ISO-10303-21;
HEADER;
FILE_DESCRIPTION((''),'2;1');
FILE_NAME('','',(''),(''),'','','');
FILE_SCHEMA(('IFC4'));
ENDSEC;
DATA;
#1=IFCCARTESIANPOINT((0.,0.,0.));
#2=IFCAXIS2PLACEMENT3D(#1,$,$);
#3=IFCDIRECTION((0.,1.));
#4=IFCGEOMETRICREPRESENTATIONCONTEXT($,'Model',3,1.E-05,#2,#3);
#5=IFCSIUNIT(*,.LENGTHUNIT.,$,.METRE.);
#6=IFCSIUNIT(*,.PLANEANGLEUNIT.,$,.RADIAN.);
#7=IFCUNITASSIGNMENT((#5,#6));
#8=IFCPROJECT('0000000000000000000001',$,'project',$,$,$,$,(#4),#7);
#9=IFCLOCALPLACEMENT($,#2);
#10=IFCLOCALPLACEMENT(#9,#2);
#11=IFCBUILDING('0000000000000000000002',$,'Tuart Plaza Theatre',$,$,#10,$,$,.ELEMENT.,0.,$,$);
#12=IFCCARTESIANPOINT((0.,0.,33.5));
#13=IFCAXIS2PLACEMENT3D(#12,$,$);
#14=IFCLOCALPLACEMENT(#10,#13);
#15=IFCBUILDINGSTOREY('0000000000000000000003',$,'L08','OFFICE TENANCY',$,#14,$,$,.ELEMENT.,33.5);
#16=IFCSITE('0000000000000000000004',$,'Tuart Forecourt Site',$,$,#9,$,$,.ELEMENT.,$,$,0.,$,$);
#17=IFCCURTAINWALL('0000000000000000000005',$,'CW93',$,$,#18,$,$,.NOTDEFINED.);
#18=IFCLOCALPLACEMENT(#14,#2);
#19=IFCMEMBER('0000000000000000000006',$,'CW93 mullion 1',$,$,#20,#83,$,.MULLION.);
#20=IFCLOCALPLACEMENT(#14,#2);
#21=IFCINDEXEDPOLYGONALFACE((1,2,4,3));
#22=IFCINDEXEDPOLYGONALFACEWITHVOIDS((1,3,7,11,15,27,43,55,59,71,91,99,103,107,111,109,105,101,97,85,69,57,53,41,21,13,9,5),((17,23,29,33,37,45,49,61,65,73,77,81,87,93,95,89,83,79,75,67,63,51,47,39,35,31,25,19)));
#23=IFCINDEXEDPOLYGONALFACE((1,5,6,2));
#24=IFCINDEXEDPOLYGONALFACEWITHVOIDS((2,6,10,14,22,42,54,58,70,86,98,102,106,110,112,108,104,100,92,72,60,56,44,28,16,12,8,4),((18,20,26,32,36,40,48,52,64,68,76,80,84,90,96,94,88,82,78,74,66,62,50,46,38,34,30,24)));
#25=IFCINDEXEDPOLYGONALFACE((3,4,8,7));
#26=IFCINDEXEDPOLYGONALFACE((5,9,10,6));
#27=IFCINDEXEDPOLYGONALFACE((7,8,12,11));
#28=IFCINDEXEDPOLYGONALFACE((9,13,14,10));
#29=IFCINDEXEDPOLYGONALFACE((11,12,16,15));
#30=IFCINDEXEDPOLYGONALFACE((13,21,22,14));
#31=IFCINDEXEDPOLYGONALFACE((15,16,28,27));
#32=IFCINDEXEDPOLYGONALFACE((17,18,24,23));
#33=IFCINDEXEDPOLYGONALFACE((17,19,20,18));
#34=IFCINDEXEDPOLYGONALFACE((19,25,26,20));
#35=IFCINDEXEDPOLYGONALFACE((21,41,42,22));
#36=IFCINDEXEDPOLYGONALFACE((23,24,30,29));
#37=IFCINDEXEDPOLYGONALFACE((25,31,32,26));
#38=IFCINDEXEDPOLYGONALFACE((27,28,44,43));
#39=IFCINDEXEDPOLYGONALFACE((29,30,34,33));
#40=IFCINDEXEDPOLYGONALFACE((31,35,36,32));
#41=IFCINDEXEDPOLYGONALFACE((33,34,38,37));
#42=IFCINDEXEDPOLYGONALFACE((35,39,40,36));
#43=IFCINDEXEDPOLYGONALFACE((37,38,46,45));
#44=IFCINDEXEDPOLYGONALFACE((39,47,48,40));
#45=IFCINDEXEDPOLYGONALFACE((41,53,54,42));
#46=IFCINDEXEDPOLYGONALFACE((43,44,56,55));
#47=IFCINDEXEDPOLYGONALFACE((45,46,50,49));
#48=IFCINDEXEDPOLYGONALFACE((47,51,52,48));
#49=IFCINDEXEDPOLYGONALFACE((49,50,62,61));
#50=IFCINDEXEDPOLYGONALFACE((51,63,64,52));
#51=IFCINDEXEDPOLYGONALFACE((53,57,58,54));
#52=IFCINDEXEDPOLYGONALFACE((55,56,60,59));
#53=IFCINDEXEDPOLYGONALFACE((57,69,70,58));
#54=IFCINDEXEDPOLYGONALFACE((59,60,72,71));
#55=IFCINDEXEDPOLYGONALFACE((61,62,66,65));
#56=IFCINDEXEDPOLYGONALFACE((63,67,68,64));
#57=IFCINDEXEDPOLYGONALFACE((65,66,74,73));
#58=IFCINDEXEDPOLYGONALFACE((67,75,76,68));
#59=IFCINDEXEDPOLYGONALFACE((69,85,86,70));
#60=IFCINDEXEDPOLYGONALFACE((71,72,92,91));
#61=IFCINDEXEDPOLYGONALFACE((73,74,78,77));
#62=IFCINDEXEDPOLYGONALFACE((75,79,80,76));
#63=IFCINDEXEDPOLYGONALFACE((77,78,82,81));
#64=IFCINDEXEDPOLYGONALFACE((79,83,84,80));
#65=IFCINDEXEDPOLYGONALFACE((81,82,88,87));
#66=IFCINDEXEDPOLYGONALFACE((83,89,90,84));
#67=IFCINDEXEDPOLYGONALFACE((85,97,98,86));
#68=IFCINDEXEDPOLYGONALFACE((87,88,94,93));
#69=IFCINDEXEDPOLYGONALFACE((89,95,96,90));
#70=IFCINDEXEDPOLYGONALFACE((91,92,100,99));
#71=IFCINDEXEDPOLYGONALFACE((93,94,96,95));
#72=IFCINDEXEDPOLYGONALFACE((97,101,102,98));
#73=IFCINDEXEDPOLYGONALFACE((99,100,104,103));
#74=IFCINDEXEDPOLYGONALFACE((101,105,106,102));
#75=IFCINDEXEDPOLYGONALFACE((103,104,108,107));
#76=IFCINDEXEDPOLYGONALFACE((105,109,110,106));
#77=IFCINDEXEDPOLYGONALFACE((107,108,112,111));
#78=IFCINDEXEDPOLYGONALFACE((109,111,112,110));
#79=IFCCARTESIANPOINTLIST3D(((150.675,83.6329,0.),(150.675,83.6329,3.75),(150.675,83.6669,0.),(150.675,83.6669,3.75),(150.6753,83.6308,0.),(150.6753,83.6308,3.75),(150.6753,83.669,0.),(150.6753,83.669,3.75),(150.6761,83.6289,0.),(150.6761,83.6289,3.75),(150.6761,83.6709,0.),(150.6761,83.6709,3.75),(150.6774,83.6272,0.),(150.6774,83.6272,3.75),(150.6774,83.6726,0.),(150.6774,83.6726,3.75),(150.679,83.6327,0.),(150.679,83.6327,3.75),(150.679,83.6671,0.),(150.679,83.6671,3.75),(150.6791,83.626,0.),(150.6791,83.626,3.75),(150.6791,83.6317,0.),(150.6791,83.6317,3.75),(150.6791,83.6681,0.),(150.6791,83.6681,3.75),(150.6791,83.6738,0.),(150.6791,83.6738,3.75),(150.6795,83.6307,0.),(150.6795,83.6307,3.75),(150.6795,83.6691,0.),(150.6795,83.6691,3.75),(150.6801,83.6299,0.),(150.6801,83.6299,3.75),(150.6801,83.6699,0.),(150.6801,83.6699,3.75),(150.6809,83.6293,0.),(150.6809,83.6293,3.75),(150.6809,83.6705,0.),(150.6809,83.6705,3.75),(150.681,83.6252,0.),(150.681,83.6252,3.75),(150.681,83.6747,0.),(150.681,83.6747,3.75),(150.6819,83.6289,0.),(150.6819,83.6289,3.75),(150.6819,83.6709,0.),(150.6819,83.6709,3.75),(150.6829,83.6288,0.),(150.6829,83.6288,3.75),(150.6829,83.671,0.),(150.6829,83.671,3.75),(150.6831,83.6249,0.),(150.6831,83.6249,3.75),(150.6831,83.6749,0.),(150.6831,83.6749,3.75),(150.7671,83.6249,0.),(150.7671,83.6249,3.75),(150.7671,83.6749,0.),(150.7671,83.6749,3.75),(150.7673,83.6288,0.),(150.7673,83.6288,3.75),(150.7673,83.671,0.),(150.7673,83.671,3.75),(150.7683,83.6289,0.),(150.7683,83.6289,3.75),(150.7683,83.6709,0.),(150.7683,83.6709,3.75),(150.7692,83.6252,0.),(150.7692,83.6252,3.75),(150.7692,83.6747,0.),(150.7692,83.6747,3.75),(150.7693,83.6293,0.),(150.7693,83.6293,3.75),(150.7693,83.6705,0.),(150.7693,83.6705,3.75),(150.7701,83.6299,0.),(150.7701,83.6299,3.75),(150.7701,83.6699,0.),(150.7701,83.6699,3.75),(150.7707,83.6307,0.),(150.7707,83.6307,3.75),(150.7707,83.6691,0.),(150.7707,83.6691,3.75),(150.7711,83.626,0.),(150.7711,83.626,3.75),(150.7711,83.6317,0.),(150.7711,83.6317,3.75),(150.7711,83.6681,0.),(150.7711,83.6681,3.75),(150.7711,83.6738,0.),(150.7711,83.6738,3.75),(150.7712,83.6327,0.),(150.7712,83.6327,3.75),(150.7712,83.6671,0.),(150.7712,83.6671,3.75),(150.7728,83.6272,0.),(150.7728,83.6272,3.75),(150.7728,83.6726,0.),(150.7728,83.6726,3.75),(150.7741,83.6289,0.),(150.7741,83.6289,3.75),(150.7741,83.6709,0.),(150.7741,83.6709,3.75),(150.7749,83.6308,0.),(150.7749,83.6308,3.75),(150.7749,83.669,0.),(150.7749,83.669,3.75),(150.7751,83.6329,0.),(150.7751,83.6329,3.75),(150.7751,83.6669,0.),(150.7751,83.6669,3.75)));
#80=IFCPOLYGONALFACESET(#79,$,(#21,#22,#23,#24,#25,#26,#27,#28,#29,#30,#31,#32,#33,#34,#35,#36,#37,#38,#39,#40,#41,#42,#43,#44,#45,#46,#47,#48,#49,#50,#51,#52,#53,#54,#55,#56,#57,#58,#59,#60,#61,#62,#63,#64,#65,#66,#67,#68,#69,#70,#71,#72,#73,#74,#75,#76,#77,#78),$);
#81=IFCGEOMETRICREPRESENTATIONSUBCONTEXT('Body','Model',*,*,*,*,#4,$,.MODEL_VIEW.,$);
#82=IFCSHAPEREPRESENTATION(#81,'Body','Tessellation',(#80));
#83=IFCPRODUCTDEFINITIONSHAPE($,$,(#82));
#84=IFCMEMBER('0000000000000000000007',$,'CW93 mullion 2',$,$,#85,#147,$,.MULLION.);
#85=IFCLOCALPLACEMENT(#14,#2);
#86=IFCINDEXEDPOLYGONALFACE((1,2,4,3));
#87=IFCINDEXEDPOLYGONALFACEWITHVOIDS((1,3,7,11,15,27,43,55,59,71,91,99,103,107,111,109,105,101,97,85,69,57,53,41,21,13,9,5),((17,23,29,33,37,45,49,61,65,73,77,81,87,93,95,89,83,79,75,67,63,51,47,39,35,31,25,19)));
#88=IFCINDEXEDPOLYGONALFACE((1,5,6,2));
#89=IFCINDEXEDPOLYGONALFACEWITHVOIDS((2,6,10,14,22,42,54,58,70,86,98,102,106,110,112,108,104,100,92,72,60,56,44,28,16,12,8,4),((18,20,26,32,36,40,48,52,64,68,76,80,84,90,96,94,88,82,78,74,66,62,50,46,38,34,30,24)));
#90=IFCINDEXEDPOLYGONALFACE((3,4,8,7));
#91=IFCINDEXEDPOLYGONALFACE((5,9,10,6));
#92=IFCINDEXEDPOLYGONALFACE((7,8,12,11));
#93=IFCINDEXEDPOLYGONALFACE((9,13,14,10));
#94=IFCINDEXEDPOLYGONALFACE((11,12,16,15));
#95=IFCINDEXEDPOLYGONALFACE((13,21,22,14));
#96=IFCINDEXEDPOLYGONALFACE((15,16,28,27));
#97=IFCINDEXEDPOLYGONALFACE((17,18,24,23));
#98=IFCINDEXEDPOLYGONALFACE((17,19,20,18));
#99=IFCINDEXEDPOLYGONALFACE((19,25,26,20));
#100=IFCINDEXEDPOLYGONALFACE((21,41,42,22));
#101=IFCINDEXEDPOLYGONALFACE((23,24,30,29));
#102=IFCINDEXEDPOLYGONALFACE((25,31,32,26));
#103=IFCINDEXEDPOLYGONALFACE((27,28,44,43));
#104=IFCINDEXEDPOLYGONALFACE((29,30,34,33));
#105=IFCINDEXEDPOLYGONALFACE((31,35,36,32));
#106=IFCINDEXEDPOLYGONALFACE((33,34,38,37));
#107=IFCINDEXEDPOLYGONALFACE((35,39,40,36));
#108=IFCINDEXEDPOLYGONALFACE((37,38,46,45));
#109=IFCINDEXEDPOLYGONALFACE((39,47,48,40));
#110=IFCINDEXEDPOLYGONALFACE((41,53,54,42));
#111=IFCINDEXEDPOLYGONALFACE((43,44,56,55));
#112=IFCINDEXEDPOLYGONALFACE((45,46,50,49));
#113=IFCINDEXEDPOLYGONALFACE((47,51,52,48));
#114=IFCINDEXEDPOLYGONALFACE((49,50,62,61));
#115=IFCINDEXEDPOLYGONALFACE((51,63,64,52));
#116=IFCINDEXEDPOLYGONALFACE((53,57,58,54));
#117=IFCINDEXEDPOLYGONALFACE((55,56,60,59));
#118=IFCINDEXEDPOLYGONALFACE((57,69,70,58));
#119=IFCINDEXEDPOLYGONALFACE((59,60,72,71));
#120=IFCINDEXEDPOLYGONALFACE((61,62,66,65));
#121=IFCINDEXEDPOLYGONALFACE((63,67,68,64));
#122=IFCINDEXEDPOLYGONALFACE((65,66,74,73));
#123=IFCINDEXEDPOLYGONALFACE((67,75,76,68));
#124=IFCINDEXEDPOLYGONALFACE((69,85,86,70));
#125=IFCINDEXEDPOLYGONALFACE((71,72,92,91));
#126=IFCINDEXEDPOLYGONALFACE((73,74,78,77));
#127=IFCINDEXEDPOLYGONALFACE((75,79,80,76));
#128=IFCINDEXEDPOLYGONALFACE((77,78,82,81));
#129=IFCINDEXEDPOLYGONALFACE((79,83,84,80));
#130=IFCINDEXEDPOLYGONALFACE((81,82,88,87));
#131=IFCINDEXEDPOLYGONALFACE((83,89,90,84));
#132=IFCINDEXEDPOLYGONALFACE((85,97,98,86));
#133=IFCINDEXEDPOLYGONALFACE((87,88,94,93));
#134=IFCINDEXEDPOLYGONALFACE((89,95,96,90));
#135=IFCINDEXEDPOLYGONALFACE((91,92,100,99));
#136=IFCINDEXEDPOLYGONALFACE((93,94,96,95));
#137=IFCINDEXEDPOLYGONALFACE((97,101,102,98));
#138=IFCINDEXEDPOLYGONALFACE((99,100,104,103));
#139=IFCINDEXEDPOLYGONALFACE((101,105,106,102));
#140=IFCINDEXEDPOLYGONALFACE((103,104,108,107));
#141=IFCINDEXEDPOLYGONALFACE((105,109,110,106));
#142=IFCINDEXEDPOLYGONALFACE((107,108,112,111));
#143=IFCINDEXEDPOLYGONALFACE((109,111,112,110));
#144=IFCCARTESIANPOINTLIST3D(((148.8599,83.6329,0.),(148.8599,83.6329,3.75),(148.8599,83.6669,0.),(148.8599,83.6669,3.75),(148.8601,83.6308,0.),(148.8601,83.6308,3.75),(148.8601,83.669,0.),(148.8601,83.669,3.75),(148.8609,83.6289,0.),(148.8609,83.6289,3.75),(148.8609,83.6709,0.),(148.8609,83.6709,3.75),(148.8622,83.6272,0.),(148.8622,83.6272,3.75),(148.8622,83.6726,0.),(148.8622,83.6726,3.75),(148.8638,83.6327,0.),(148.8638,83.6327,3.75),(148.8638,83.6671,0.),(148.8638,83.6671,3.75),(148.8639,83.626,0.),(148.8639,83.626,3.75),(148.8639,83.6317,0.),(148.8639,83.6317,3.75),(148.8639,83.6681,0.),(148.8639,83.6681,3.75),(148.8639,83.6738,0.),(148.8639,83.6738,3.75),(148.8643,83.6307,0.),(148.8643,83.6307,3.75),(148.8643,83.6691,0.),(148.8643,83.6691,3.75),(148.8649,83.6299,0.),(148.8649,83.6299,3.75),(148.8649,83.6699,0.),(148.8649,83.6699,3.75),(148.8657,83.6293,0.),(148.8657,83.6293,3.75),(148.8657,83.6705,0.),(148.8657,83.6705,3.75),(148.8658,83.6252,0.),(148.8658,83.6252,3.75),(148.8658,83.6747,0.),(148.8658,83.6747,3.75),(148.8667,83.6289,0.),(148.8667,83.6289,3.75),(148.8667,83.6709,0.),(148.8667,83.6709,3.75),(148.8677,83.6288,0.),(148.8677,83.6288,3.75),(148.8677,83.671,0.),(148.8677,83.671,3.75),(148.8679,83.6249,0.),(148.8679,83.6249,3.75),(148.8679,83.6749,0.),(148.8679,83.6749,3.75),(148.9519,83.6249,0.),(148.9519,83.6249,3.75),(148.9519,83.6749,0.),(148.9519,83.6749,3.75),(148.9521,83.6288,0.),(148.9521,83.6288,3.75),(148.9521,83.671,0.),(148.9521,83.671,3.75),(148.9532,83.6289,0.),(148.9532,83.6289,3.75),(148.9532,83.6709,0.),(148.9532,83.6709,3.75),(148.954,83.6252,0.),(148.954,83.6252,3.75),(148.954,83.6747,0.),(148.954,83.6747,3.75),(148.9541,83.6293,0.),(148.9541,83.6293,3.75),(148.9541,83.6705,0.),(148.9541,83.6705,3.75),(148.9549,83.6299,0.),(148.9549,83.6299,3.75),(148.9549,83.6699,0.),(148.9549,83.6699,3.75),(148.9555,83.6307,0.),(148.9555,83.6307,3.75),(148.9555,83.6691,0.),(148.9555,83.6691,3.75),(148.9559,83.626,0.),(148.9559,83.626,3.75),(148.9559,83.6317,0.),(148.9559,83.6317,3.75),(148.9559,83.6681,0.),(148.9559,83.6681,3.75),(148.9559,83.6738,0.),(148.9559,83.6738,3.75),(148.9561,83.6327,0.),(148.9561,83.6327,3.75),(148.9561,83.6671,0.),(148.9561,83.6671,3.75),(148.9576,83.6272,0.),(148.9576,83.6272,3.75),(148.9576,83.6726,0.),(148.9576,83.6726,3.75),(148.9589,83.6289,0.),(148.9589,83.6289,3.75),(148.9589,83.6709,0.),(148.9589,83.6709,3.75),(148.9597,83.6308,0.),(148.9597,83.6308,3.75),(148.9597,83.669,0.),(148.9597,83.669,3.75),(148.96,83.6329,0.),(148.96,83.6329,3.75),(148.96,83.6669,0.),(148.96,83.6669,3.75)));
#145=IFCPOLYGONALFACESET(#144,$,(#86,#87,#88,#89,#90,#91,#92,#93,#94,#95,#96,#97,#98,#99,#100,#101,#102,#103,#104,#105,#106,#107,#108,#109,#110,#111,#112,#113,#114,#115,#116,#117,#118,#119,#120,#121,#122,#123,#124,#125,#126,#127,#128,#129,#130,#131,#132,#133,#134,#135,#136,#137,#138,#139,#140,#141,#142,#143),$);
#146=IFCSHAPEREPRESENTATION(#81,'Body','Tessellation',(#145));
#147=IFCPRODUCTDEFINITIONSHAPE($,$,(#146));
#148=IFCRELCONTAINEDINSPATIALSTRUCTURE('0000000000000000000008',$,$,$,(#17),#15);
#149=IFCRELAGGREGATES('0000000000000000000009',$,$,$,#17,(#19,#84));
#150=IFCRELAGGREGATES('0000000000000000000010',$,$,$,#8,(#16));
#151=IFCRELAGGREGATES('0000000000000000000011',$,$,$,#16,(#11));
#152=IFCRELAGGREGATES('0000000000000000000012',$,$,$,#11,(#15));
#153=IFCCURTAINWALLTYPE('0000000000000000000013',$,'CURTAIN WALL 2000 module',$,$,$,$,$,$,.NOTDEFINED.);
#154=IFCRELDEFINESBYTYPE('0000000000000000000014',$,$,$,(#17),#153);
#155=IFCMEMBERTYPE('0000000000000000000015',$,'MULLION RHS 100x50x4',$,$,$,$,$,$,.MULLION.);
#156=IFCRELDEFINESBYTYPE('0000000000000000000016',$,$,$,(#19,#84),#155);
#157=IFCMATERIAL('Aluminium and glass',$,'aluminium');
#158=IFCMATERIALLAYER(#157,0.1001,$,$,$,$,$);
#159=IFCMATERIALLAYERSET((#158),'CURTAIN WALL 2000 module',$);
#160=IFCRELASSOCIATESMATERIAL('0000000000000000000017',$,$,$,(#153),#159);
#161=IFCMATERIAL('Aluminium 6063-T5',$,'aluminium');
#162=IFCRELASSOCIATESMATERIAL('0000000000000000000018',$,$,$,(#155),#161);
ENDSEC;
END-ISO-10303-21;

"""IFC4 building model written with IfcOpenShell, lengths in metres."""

from ifc_helpers import new_model, si_unit, direction, frame, origin, origin_2d, place, context, subcontext, project, spatial, hollow_rectangle, extrude, material, layer, layer_set, material_profile, profile_set, type_object, element, aggregate, save


model = new_model("IFC4")

# Units and contexts
model_context = context("Model", 3, precision=1e-05, world=origin(), true_north=direction((0.0, 1.0)))
body_context = subcontext(model_context, "Body", "Model", "MODEL_VIEW")
ifc_project = project(units=[si_unit("LENGTHUNIT", "METRE"), si_unit("PLANEANGLEUNIT", "RADIAN")], contexts=[model_context])

# Site, building, storey
site_placement = place(None, origin())
site = spatial("IfcSite", under=ifc_project, at=site_placement, Name="Tuart Forecourt Site", CompositionType="ELEMENT", RefElevation=0.0)
building_placement = place(site_placement, origin())
building = spatial("IfcBuilding", under=site, at=building_placement, Name="Tuart Plaza Theatre", CompositionType="ELEMENT", ElevationOfRefHeight=0.0)
storey_placement = place(building_placement, frame((0.0, 0.0, 33.5)))
storey = spatial("IfcBuildingStorey", under=building, at=storey_placement, Name="L08", Description="OFFICE TENANCY", CompositionType="ELEMENT", Elevation=33.5)

# Curtain wall, members
ifc_material_1 = material(Name="Aluminium and glass", Category="aluminium")
ifc_layer_1 = layer(ifc_material_1, 0.1001)
ifc_layer_set_1 = layer_set([ifc_layer_1], Name="CURTAIN WALL 2000 module")
curtain_wall_type_1 = type_object("IfcCurtainWallType", Name="CURTAIN WALL 2000 module", PredefinedType="NOTDEFINED", material=ifc_layer_set_1)
curtain_wall_1_placement = place(storey_placement, origin())
curtain_wall_1 = element("IfcCurtainWall", 1, at=curtain_wall_1_placement, inside=storey, type_object=curtain_wall_type_1, Name="CW93", PredefinedType="NOTDEFINED")
ifc_material_2 = material(Name="Aluminium 6063-T5", Category="aluminium")
ifc_material_profile_1 = material_profile(ifc_material_2, hollow_rectangle(XDim=0.05, YDim=0.1001, WallThickness=0.0039, InnerFilletRadius=0.0039, OuterFilletRadius=0.0081, at=origin_2d()), Name="RHS 100x50x4")
ifc_profile_set_1 = profile_set([ifc_material_profile_1], Name="Aluminium 6063-T5")
member_type_1 = type_object("IfcMemberType", Name="MULLION RHS 100x50x4", PredefinedType="MULLION", material=ifc_profile_set_1)
member_1_placement = place(storey_placement, frame((150.7251, 83.6499, 0.0), z_axis=(0.0, 0.0, 1.0), x_axis=(0.0, -1.0, 0.0)))
member_1 = element("IfcMember", 2, at=member_1_placement, type_object=member_type_1, Name="CW93 mullion 1", PredefinedType="MULLION", context=body_context, shape_type="SweptSolid", body=[
    extrude(hollow_rectangle(XDim=0.05, YDim=0.1001, WallThickness=0.0039, InnerFilletRadius=0.0039, OuterFilletRadius=0.0081, at=origin_2d()), origin(), (0.0, 0.0, 1.0), 3.75),
])
member_2_placement = place(storey_placement, frame((148.9099, 83.6499, 0.0), z_axis=(0.0, 0.0, 1.0), x_axis=(0.0, -1.0, 0.0)))
member_2 = element("IfcMember", 3, at=member_2_placement, type_object=member_type_1, Name="CW93 mullion 2", PredefinedType="MULLION", context=body_context, shape_type="SweptSolid", body=[
    extrude(hollow_rectangle(XDim=0.05, YDim=0.1001, WallThickness=0.0039, InnerFilletRadius=0.0039, OuterFilletRadius=0.0081, at=origin_2d()), origin(), (0.0, 0.0, 1.0), 3.75),
])

aggregate(curtain_wall_1, [member_1, member_2])

save(model, "model.ifc")
